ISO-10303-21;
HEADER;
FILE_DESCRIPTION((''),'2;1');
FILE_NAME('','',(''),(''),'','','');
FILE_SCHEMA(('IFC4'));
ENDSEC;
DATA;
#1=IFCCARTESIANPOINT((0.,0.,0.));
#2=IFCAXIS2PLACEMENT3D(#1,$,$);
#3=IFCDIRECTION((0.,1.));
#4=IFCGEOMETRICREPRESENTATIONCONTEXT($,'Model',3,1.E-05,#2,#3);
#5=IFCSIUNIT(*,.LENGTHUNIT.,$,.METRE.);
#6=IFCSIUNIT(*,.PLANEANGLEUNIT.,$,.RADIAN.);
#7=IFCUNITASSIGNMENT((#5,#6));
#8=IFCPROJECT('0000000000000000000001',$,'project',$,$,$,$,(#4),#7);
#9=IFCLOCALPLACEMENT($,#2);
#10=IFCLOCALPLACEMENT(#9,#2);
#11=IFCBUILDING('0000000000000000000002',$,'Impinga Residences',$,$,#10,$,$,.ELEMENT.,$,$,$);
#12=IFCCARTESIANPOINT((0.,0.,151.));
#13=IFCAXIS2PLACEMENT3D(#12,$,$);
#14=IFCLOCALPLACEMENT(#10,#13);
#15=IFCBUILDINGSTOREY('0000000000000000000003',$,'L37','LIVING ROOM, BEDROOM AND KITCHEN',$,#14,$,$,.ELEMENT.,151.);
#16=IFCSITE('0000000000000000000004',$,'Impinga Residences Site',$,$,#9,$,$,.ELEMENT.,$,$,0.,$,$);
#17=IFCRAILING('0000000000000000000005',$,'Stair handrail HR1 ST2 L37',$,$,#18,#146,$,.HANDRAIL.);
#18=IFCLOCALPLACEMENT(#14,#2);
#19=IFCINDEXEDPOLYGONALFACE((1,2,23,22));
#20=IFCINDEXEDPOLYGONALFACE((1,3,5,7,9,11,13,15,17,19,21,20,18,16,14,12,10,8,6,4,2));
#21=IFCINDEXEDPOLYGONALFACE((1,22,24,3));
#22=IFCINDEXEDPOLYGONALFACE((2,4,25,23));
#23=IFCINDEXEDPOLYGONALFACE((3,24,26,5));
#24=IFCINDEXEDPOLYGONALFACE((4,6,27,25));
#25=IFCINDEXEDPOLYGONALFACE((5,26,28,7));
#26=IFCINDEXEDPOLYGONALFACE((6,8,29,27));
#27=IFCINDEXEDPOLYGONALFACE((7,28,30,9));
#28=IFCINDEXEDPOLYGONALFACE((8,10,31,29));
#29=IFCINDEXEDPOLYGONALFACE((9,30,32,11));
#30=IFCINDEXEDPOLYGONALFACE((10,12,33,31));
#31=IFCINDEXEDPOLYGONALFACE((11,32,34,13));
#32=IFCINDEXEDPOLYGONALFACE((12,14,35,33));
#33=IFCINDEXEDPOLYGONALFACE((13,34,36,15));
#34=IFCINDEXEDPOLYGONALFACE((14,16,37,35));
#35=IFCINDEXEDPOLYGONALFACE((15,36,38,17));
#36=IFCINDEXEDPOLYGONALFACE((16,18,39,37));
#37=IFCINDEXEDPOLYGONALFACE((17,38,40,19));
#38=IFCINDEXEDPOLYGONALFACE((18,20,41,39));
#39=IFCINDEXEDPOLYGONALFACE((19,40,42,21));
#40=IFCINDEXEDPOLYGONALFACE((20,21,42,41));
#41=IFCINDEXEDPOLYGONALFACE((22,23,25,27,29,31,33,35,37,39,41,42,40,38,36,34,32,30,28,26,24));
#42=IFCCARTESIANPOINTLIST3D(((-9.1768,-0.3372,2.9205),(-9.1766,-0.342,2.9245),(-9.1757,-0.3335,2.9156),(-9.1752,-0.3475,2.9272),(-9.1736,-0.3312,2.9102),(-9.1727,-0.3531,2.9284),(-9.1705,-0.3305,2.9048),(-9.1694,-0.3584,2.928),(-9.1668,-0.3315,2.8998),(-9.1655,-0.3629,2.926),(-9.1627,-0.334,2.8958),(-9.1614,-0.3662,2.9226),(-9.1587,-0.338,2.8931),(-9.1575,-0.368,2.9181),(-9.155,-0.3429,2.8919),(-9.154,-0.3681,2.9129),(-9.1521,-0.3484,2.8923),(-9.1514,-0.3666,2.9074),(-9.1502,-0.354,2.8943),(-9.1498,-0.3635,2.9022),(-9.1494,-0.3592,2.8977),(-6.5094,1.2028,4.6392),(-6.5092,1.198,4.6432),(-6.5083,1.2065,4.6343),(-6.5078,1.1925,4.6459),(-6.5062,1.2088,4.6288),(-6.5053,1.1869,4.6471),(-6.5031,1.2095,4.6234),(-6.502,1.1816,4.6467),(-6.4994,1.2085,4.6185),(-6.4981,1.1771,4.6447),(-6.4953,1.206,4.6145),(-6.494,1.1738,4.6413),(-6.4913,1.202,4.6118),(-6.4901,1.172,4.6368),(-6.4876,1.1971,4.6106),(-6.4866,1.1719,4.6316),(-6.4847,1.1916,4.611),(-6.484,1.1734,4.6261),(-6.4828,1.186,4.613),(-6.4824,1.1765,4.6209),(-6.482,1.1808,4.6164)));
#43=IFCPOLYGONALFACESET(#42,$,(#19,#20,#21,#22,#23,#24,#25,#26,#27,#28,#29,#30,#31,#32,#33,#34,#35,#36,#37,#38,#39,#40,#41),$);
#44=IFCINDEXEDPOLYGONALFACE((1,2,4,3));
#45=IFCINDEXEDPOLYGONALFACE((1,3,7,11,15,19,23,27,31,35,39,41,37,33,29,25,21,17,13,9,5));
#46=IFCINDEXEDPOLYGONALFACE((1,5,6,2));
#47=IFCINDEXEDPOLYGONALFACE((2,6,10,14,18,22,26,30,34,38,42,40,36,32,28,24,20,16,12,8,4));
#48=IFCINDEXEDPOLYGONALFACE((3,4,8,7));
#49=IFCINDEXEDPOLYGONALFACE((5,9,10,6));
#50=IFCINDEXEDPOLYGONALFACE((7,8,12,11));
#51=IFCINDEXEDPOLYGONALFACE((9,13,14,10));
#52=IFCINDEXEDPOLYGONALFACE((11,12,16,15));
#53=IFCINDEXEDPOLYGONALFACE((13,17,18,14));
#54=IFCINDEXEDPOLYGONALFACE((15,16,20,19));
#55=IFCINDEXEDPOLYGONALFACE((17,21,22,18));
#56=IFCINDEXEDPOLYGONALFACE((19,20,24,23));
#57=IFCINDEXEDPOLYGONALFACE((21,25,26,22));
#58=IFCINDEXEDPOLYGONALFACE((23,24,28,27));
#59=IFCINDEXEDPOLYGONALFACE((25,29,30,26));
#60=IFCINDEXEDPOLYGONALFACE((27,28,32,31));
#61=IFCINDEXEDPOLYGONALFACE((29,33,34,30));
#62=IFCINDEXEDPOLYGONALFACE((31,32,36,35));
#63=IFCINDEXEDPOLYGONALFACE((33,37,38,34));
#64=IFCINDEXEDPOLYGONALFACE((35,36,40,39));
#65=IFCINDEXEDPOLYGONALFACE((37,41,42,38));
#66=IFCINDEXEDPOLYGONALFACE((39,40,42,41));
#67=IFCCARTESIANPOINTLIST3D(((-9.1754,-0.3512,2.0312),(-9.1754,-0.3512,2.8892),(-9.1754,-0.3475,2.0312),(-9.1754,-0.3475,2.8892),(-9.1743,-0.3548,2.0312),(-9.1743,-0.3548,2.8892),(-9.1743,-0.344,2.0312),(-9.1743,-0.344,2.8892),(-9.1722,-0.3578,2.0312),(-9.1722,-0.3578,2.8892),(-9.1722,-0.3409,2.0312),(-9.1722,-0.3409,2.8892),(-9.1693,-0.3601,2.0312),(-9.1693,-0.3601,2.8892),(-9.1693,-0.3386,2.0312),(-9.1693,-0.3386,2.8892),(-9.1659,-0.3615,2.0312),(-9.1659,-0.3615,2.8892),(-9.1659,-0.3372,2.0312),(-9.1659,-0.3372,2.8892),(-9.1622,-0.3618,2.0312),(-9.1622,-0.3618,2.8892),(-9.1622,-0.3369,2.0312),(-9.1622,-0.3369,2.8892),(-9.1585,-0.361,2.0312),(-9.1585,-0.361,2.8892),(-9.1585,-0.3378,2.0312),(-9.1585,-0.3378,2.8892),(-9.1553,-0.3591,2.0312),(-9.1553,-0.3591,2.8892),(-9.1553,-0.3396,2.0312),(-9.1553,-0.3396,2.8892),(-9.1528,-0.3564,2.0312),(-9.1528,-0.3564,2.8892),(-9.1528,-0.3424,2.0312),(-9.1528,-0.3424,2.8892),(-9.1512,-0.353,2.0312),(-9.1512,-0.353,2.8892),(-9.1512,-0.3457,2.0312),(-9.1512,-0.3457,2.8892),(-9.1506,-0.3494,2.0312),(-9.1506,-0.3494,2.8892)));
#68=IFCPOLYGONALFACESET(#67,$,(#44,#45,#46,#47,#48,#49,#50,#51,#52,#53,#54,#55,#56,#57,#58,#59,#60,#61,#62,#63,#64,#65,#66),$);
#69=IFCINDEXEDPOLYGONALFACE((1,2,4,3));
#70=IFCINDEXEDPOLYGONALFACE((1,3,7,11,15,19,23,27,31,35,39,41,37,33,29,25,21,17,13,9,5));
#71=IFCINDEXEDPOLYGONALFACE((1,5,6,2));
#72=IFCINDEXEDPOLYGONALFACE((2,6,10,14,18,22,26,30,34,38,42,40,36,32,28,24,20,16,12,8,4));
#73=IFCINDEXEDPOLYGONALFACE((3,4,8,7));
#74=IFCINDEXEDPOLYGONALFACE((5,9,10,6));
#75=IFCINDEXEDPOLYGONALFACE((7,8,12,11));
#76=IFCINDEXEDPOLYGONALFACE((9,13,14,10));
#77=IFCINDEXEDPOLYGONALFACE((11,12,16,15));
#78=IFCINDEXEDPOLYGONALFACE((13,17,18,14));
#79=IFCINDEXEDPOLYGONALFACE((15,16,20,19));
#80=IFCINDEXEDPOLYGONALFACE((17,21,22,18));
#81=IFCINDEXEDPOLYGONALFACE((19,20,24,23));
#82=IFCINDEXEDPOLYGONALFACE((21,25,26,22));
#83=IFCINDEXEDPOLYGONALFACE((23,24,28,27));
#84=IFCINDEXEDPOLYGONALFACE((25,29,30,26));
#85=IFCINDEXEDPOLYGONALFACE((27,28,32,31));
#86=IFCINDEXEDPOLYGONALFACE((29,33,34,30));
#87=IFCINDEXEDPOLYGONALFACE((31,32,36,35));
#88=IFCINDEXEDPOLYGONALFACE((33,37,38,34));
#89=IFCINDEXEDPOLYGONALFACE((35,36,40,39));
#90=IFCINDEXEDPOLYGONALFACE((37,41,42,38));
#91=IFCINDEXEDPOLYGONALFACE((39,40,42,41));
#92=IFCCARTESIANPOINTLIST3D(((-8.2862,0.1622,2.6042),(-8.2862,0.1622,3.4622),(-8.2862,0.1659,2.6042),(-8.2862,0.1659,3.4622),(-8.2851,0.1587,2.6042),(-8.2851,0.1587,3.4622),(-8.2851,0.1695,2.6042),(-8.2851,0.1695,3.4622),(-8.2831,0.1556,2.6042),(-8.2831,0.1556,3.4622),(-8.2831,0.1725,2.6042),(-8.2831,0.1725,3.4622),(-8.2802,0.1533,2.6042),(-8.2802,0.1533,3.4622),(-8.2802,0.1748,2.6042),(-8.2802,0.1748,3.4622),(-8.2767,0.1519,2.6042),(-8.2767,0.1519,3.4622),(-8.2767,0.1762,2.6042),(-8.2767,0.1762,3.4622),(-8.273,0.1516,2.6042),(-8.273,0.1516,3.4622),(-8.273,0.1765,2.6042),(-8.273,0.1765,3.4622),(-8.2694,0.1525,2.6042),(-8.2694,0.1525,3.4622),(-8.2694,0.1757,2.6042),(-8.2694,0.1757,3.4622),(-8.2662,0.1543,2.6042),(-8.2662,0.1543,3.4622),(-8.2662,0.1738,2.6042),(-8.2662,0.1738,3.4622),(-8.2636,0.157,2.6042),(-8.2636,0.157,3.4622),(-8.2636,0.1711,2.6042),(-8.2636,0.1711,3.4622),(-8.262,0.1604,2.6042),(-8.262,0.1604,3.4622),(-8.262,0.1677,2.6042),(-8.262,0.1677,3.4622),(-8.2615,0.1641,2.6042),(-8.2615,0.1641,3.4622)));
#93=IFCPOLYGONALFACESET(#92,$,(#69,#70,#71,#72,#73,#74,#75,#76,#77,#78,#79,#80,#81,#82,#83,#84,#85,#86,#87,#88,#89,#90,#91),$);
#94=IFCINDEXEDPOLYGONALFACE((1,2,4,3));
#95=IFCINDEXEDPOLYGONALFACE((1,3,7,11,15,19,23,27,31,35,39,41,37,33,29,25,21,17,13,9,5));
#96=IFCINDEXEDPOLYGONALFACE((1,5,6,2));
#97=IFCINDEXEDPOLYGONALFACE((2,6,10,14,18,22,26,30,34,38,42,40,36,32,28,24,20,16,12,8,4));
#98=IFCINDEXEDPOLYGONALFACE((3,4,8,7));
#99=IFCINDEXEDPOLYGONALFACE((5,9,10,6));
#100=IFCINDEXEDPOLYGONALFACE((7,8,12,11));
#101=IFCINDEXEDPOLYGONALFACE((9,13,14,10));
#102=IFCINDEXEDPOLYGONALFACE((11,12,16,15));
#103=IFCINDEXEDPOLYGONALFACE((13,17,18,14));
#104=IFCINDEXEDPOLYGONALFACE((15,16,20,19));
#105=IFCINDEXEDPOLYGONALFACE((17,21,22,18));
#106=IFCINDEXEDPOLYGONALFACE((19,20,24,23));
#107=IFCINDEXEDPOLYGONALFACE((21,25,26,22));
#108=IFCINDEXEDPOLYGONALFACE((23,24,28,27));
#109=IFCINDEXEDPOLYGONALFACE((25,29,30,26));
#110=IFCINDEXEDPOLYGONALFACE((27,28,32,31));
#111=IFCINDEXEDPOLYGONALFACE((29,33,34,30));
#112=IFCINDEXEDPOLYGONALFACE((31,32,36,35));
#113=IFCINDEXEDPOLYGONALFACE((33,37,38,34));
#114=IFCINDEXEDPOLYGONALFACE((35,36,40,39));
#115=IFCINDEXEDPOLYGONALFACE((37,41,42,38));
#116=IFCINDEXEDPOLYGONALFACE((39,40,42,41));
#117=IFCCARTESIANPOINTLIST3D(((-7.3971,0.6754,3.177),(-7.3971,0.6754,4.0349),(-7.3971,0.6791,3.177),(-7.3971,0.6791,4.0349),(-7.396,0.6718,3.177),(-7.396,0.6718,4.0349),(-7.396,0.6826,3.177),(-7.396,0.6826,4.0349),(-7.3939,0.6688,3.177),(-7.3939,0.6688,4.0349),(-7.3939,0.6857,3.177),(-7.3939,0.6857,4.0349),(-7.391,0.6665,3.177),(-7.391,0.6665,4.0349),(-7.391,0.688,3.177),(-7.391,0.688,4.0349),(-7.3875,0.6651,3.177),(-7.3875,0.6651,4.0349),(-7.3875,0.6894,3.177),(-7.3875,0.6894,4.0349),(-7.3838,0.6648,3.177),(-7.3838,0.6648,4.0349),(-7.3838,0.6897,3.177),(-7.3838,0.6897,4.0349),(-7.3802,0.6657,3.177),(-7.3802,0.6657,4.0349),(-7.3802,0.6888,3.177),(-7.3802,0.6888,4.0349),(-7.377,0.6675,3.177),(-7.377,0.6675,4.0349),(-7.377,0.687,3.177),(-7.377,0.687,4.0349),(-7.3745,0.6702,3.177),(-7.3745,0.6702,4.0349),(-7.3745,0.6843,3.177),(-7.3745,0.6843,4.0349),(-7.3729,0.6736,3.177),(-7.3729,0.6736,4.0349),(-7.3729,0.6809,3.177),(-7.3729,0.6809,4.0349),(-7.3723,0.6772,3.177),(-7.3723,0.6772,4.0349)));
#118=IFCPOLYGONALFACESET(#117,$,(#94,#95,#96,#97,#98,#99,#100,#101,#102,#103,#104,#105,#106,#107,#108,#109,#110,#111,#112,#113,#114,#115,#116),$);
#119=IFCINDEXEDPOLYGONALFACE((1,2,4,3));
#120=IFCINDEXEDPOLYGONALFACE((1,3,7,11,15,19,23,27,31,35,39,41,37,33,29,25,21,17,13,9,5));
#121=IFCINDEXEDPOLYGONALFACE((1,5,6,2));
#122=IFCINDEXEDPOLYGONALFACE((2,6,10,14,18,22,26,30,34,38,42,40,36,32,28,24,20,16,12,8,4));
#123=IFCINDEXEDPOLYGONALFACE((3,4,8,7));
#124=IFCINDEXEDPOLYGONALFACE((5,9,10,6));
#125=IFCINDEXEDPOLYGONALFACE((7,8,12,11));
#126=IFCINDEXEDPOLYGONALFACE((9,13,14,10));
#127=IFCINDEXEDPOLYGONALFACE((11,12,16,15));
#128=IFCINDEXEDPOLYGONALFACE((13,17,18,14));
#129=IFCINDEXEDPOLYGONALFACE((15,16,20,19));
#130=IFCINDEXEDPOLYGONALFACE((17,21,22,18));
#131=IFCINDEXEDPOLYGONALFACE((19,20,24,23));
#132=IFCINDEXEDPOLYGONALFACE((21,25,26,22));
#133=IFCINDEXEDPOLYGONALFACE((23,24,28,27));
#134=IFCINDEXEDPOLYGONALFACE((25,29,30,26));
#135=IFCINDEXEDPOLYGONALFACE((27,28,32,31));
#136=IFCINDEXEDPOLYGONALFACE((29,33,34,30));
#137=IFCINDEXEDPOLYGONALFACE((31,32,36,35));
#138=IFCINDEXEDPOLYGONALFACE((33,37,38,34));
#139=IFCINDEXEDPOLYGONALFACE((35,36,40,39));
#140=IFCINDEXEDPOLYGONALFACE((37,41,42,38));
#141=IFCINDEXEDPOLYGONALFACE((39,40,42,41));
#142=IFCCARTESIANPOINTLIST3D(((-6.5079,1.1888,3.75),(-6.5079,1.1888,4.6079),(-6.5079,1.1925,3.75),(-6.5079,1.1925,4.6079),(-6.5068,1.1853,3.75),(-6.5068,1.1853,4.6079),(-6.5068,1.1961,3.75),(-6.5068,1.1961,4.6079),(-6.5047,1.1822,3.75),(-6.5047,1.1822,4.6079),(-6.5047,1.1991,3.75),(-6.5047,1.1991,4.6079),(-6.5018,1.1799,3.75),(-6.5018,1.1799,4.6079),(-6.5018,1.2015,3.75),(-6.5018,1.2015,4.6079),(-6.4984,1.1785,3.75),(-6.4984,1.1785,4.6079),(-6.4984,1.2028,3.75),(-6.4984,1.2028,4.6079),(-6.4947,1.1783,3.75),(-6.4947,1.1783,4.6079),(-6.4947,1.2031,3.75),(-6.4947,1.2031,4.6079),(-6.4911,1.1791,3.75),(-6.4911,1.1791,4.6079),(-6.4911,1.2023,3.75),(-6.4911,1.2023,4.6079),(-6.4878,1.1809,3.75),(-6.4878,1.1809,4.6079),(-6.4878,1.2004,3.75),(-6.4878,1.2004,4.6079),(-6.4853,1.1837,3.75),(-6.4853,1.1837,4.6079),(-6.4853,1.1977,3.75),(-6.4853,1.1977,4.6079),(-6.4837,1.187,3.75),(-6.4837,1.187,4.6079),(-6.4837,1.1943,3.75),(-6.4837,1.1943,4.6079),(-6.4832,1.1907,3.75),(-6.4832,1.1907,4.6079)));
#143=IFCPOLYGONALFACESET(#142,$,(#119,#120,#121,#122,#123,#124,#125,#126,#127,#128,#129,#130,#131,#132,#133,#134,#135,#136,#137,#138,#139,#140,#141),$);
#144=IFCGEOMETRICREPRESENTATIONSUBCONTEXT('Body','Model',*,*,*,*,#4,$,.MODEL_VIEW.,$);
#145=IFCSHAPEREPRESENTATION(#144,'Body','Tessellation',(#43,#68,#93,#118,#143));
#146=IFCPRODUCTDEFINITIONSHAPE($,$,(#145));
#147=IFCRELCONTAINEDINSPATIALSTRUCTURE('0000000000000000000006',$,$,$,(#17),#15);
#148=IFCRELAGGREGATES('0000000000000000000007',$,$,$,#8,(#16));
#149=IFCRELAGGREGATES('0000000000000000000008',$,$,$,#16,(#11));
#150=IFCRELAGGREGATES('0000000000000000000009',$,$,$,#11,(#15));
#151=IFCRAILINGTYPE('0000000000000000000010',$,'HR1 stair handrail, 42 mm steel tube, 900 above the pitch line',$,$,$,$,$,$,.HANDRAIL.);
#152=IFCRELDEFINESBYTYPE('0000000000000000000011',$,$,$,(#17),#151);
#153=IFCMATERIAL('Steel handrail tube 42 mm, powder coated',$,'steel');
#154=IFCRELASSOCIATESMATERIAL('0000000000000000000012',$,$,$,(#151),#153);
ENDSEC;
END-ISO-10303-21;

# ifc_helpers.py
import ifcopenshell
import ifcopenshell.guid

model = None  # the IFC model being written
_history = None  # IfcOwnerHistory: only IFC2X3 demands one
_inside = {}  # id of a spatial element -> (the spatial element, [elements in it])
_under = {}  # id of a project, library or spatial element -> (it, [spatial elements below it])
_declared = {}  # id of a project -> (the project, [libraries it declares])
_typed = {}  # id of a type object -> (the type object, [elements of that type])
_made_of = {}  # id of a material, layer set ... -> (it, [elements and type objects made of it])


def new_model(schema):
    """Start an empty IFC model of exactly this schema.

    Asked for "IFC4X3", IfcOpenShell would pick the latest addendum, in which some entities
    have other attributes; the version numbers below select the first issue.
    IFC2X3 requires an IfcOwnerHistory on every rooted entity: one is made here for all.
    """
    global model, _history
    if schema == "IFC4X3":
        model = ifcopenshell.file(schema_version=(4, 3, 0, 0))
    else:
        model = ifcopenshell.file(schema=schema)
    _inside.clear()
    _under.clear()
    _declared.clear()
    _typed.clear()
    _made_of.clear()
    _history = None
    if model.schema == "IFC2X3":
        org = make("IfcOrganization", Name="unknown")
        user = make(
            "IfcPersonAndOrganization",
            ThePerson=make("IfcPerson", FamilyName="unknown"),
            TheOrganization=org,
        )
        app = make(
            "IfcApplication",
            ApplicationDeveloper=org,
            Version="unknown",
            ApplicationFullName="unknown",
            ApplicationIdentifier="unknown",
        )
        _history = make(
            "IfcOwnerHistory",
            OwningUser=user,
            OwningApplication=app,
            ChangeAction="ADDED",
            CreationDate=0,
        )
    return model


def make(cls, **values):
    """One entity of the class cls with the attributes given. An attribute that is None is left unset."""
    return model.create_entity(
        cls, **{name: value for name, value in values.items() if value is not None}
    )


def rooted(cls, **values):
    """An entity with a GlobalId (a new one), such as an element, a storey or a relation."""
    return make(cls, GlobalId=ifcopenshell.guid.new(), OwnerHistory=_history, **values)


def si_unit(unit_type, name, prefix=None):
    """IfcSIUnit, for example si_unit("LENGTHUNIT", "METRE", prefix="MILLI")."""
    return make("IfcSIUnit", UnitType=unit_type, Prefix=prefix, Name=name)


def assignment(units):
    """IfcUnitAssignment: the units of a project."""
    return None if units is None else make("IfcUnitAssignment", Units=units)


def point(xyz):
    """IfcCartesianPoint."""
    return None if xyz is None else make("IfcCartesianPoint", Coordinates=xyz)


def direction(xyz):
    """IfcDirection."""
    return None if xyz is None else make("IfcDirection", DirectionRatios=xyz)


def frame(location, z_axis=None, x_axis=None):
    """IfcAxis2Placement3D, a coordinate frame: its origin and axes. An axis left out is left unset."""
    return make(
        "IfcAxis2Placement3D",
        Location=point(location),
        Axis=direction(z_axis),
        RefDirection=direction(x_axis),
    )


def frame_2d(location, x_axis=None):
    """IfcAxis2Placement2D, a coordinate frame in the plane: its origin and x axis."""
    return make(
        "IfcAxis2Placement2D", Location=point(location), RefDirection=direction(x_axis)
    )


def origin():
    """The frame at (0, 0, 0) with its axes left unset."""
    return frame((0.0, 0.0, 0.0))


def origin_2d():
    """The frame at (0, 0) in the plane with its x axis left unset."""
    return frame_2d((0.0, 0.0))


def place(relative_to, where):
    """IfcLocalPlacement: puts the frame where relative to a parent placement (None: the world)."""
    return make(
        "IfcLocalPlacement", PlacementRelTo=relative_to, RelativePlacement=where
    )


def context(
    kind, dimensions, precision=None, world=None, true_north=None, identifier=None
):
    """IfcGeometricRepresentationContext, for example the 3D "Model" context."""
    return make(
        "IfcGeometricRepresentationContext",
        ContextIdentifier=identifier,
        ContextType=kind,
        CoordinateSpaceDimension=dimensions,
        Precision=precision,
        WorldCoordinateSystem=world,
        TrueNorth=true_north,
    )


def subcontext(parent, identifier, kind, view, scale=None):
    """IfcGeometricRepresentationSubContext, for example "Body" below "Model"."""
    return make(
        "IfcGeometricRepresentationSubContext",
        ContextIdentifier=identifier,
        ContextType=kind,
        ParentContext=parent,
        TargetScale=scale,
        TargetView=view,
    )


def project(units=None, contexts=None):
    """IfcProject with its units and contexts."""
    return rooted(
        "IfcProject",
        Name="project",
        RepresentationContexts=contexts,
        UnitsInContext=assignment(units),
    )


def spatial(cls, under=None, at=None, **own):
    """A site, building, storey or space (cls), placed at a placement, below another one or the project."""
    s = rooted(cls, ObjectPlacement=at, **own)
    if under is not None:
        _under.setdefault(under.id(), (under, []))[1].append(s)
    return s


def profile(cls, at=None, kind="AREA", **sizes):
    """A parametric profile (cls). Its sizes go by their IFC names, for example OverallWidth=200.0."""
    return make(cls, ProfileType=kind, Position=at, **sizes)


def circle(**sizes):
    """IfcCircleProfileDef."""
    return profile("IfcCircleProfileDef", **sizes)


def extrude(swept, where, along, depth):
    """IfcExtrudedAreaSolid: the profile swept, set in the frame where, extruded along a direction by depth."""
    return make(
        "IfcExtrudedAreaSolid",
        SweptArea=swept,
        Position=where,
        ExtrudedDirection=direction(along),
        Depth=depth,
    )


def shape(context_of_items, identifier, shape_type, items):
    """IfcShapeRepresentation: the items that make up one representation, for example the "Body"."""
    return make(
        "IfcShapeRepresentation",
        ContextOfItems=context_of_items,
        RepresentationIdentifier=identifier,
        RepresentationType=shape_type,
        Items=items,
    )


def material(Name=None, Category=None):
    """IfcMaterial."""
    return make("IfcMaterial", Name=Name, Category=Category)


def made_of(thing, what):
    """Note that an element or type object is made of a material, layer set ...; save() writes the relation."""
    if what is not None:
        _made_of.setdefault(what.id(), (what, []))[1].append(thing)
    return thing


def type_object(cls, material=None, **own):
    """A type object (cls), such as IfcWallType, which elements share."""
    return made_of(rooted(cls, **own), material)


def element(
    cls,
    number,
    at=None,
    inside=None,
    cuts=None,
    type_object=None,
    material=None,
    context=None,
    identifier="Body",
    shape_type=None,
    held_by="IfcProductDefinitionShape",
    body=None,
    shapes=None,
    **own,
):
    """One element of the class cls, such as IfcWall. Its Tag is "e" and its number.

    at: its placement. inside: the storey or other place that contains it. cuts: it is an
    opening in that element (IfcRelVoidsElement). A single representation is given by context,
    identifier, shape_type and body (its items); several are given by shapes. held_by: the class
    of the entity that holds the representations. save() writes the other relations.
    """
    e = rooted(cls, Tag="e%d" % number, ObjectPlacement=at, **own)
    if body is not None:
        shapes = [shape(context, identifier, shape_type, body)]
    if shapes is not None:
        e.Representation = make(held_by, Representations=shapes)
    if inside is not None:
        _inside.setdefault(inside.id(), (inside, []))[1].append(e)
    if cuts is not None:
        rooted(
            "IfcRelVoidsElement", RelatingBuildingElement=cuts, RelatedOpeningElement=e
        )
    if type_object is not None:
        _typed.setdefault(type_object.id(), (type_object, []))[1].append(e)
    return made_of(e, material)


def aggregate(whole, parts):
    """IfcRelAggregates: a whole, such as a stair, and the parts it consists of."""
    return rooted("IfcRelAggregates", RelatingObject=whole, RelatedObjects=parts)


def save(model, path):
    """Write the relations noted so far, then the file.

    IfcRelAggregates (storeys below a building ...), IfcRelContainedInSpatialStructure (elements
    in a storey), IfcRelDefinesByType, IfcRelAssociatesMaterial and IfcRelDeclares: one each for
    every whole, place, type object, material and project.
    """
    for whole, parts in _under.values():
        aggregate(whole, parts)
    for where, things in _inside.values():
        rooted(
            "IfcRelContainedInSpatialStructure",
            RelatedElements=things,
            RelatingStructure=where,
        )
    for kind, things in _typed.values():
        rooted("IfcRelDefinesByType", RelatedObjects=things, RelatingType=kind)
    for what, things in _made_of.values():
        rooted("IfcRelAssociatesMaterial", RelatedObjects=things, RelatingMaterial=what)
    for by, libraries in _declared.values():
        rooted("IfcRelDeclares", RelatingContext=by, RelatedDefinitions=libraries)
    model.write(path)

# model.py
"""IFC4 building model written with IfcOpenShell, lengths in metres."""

from ifc_helpers import new_model, si_unit, direction, frame, origin, origin_2d, place, context, subcontext, project, spatial, circle, extrude, material, type_object, element, save


model = new_model("IFC4")

# Units and contexts
model_context = context("Model", 3, precision=1e-05, world=origin(), true_north=direction((0.0, 1.0)))
body_context = subcontext(model_context, "Body", "Model", "MODEL_VIEW")
ifc_project = project(units=[si_unit("LENGTHUNIT", "METRE"), si_unit("PLANEANGLEUNIT", "RADIAN")], contexts=[model_context])

# Site, building, storey
site_placement = place(None, origin())
site = spatial("IfcSite", under=ifc_project, at=site_placement, Name="Impinga Residences Site", CompositionType="ELEMENT", RefElevation=0.0)
building_placement = place(site_placement, origin())
building = spatial("IfcBuilding", under=site, at=building_placement, Name="Impinga Residences", CompositionType="ELEMENT")
storey_placement = place(building_placement, frame((0.0, 0.0, 151.0)))
storey = spatial("IfcBuildingStorey", under=building, at=storey_placement, Name="L37", Description="LIVING ROOM, BEDROOM AND KITCHEN", CompositionType="ELEMENT", Elevation=151.0)

# Railing
ifc_material_1 = material(Name="Steel handrail tube 42 mm, powder coated", Category="steel")
railing_type_1 = type_object("IfcRailingType", Name="HR1 stair handrail, 42 mm steel tube, 900 above the pitch line", PredefinedType="HANDRAIL", material=ifc_material_1)
railing_1_placement = place(storey_placement, frame((-9.1631, -0.3494, 2.0312)))
element("IfcRailing", 1, at=railing_1_placement, inside=storey, type_object=railing_type_1, Name="Stair handrail HR1 ST2 L37", PredefinedType="HANDRAIL", context=body_context, shape_type="SweptSolid", body=[
    extrude(circle(Radius=0.021, at=origin_2d()), frame((0.0, 0.0, 0.8789), z_axis=(0.756256, 0.436616, 0.487282), x_axis=(-0.499992, 0.86603, 0.0)), (0.0, 0.0, 1.0), 3.5271),
    extrude(circle(Radius=0.0125, at=origin_2d()), origin(), (0.0, 0.0, 1.0), 0.8579),
    extrude(circle(Radius=0.0125, at=origin_2d()), frame((0.8892, 0.5134, 0.573)), (0.0, 0.0, 1.0), 0.8579),
    extrude(circle(Radius=0.0125, at=origin_2d()), frame((1.7783, 1.0266, 1.1458)), (0.0, 0.0, 1.0), 0.8579),
    extrude(circle(Radius=0.0125, at=origin_2d()), frame((2.6675, 1.54, 1.7188)), (0.0, 0.0, 1.0), 0.8579),
])

save(model, "model.ifc")
